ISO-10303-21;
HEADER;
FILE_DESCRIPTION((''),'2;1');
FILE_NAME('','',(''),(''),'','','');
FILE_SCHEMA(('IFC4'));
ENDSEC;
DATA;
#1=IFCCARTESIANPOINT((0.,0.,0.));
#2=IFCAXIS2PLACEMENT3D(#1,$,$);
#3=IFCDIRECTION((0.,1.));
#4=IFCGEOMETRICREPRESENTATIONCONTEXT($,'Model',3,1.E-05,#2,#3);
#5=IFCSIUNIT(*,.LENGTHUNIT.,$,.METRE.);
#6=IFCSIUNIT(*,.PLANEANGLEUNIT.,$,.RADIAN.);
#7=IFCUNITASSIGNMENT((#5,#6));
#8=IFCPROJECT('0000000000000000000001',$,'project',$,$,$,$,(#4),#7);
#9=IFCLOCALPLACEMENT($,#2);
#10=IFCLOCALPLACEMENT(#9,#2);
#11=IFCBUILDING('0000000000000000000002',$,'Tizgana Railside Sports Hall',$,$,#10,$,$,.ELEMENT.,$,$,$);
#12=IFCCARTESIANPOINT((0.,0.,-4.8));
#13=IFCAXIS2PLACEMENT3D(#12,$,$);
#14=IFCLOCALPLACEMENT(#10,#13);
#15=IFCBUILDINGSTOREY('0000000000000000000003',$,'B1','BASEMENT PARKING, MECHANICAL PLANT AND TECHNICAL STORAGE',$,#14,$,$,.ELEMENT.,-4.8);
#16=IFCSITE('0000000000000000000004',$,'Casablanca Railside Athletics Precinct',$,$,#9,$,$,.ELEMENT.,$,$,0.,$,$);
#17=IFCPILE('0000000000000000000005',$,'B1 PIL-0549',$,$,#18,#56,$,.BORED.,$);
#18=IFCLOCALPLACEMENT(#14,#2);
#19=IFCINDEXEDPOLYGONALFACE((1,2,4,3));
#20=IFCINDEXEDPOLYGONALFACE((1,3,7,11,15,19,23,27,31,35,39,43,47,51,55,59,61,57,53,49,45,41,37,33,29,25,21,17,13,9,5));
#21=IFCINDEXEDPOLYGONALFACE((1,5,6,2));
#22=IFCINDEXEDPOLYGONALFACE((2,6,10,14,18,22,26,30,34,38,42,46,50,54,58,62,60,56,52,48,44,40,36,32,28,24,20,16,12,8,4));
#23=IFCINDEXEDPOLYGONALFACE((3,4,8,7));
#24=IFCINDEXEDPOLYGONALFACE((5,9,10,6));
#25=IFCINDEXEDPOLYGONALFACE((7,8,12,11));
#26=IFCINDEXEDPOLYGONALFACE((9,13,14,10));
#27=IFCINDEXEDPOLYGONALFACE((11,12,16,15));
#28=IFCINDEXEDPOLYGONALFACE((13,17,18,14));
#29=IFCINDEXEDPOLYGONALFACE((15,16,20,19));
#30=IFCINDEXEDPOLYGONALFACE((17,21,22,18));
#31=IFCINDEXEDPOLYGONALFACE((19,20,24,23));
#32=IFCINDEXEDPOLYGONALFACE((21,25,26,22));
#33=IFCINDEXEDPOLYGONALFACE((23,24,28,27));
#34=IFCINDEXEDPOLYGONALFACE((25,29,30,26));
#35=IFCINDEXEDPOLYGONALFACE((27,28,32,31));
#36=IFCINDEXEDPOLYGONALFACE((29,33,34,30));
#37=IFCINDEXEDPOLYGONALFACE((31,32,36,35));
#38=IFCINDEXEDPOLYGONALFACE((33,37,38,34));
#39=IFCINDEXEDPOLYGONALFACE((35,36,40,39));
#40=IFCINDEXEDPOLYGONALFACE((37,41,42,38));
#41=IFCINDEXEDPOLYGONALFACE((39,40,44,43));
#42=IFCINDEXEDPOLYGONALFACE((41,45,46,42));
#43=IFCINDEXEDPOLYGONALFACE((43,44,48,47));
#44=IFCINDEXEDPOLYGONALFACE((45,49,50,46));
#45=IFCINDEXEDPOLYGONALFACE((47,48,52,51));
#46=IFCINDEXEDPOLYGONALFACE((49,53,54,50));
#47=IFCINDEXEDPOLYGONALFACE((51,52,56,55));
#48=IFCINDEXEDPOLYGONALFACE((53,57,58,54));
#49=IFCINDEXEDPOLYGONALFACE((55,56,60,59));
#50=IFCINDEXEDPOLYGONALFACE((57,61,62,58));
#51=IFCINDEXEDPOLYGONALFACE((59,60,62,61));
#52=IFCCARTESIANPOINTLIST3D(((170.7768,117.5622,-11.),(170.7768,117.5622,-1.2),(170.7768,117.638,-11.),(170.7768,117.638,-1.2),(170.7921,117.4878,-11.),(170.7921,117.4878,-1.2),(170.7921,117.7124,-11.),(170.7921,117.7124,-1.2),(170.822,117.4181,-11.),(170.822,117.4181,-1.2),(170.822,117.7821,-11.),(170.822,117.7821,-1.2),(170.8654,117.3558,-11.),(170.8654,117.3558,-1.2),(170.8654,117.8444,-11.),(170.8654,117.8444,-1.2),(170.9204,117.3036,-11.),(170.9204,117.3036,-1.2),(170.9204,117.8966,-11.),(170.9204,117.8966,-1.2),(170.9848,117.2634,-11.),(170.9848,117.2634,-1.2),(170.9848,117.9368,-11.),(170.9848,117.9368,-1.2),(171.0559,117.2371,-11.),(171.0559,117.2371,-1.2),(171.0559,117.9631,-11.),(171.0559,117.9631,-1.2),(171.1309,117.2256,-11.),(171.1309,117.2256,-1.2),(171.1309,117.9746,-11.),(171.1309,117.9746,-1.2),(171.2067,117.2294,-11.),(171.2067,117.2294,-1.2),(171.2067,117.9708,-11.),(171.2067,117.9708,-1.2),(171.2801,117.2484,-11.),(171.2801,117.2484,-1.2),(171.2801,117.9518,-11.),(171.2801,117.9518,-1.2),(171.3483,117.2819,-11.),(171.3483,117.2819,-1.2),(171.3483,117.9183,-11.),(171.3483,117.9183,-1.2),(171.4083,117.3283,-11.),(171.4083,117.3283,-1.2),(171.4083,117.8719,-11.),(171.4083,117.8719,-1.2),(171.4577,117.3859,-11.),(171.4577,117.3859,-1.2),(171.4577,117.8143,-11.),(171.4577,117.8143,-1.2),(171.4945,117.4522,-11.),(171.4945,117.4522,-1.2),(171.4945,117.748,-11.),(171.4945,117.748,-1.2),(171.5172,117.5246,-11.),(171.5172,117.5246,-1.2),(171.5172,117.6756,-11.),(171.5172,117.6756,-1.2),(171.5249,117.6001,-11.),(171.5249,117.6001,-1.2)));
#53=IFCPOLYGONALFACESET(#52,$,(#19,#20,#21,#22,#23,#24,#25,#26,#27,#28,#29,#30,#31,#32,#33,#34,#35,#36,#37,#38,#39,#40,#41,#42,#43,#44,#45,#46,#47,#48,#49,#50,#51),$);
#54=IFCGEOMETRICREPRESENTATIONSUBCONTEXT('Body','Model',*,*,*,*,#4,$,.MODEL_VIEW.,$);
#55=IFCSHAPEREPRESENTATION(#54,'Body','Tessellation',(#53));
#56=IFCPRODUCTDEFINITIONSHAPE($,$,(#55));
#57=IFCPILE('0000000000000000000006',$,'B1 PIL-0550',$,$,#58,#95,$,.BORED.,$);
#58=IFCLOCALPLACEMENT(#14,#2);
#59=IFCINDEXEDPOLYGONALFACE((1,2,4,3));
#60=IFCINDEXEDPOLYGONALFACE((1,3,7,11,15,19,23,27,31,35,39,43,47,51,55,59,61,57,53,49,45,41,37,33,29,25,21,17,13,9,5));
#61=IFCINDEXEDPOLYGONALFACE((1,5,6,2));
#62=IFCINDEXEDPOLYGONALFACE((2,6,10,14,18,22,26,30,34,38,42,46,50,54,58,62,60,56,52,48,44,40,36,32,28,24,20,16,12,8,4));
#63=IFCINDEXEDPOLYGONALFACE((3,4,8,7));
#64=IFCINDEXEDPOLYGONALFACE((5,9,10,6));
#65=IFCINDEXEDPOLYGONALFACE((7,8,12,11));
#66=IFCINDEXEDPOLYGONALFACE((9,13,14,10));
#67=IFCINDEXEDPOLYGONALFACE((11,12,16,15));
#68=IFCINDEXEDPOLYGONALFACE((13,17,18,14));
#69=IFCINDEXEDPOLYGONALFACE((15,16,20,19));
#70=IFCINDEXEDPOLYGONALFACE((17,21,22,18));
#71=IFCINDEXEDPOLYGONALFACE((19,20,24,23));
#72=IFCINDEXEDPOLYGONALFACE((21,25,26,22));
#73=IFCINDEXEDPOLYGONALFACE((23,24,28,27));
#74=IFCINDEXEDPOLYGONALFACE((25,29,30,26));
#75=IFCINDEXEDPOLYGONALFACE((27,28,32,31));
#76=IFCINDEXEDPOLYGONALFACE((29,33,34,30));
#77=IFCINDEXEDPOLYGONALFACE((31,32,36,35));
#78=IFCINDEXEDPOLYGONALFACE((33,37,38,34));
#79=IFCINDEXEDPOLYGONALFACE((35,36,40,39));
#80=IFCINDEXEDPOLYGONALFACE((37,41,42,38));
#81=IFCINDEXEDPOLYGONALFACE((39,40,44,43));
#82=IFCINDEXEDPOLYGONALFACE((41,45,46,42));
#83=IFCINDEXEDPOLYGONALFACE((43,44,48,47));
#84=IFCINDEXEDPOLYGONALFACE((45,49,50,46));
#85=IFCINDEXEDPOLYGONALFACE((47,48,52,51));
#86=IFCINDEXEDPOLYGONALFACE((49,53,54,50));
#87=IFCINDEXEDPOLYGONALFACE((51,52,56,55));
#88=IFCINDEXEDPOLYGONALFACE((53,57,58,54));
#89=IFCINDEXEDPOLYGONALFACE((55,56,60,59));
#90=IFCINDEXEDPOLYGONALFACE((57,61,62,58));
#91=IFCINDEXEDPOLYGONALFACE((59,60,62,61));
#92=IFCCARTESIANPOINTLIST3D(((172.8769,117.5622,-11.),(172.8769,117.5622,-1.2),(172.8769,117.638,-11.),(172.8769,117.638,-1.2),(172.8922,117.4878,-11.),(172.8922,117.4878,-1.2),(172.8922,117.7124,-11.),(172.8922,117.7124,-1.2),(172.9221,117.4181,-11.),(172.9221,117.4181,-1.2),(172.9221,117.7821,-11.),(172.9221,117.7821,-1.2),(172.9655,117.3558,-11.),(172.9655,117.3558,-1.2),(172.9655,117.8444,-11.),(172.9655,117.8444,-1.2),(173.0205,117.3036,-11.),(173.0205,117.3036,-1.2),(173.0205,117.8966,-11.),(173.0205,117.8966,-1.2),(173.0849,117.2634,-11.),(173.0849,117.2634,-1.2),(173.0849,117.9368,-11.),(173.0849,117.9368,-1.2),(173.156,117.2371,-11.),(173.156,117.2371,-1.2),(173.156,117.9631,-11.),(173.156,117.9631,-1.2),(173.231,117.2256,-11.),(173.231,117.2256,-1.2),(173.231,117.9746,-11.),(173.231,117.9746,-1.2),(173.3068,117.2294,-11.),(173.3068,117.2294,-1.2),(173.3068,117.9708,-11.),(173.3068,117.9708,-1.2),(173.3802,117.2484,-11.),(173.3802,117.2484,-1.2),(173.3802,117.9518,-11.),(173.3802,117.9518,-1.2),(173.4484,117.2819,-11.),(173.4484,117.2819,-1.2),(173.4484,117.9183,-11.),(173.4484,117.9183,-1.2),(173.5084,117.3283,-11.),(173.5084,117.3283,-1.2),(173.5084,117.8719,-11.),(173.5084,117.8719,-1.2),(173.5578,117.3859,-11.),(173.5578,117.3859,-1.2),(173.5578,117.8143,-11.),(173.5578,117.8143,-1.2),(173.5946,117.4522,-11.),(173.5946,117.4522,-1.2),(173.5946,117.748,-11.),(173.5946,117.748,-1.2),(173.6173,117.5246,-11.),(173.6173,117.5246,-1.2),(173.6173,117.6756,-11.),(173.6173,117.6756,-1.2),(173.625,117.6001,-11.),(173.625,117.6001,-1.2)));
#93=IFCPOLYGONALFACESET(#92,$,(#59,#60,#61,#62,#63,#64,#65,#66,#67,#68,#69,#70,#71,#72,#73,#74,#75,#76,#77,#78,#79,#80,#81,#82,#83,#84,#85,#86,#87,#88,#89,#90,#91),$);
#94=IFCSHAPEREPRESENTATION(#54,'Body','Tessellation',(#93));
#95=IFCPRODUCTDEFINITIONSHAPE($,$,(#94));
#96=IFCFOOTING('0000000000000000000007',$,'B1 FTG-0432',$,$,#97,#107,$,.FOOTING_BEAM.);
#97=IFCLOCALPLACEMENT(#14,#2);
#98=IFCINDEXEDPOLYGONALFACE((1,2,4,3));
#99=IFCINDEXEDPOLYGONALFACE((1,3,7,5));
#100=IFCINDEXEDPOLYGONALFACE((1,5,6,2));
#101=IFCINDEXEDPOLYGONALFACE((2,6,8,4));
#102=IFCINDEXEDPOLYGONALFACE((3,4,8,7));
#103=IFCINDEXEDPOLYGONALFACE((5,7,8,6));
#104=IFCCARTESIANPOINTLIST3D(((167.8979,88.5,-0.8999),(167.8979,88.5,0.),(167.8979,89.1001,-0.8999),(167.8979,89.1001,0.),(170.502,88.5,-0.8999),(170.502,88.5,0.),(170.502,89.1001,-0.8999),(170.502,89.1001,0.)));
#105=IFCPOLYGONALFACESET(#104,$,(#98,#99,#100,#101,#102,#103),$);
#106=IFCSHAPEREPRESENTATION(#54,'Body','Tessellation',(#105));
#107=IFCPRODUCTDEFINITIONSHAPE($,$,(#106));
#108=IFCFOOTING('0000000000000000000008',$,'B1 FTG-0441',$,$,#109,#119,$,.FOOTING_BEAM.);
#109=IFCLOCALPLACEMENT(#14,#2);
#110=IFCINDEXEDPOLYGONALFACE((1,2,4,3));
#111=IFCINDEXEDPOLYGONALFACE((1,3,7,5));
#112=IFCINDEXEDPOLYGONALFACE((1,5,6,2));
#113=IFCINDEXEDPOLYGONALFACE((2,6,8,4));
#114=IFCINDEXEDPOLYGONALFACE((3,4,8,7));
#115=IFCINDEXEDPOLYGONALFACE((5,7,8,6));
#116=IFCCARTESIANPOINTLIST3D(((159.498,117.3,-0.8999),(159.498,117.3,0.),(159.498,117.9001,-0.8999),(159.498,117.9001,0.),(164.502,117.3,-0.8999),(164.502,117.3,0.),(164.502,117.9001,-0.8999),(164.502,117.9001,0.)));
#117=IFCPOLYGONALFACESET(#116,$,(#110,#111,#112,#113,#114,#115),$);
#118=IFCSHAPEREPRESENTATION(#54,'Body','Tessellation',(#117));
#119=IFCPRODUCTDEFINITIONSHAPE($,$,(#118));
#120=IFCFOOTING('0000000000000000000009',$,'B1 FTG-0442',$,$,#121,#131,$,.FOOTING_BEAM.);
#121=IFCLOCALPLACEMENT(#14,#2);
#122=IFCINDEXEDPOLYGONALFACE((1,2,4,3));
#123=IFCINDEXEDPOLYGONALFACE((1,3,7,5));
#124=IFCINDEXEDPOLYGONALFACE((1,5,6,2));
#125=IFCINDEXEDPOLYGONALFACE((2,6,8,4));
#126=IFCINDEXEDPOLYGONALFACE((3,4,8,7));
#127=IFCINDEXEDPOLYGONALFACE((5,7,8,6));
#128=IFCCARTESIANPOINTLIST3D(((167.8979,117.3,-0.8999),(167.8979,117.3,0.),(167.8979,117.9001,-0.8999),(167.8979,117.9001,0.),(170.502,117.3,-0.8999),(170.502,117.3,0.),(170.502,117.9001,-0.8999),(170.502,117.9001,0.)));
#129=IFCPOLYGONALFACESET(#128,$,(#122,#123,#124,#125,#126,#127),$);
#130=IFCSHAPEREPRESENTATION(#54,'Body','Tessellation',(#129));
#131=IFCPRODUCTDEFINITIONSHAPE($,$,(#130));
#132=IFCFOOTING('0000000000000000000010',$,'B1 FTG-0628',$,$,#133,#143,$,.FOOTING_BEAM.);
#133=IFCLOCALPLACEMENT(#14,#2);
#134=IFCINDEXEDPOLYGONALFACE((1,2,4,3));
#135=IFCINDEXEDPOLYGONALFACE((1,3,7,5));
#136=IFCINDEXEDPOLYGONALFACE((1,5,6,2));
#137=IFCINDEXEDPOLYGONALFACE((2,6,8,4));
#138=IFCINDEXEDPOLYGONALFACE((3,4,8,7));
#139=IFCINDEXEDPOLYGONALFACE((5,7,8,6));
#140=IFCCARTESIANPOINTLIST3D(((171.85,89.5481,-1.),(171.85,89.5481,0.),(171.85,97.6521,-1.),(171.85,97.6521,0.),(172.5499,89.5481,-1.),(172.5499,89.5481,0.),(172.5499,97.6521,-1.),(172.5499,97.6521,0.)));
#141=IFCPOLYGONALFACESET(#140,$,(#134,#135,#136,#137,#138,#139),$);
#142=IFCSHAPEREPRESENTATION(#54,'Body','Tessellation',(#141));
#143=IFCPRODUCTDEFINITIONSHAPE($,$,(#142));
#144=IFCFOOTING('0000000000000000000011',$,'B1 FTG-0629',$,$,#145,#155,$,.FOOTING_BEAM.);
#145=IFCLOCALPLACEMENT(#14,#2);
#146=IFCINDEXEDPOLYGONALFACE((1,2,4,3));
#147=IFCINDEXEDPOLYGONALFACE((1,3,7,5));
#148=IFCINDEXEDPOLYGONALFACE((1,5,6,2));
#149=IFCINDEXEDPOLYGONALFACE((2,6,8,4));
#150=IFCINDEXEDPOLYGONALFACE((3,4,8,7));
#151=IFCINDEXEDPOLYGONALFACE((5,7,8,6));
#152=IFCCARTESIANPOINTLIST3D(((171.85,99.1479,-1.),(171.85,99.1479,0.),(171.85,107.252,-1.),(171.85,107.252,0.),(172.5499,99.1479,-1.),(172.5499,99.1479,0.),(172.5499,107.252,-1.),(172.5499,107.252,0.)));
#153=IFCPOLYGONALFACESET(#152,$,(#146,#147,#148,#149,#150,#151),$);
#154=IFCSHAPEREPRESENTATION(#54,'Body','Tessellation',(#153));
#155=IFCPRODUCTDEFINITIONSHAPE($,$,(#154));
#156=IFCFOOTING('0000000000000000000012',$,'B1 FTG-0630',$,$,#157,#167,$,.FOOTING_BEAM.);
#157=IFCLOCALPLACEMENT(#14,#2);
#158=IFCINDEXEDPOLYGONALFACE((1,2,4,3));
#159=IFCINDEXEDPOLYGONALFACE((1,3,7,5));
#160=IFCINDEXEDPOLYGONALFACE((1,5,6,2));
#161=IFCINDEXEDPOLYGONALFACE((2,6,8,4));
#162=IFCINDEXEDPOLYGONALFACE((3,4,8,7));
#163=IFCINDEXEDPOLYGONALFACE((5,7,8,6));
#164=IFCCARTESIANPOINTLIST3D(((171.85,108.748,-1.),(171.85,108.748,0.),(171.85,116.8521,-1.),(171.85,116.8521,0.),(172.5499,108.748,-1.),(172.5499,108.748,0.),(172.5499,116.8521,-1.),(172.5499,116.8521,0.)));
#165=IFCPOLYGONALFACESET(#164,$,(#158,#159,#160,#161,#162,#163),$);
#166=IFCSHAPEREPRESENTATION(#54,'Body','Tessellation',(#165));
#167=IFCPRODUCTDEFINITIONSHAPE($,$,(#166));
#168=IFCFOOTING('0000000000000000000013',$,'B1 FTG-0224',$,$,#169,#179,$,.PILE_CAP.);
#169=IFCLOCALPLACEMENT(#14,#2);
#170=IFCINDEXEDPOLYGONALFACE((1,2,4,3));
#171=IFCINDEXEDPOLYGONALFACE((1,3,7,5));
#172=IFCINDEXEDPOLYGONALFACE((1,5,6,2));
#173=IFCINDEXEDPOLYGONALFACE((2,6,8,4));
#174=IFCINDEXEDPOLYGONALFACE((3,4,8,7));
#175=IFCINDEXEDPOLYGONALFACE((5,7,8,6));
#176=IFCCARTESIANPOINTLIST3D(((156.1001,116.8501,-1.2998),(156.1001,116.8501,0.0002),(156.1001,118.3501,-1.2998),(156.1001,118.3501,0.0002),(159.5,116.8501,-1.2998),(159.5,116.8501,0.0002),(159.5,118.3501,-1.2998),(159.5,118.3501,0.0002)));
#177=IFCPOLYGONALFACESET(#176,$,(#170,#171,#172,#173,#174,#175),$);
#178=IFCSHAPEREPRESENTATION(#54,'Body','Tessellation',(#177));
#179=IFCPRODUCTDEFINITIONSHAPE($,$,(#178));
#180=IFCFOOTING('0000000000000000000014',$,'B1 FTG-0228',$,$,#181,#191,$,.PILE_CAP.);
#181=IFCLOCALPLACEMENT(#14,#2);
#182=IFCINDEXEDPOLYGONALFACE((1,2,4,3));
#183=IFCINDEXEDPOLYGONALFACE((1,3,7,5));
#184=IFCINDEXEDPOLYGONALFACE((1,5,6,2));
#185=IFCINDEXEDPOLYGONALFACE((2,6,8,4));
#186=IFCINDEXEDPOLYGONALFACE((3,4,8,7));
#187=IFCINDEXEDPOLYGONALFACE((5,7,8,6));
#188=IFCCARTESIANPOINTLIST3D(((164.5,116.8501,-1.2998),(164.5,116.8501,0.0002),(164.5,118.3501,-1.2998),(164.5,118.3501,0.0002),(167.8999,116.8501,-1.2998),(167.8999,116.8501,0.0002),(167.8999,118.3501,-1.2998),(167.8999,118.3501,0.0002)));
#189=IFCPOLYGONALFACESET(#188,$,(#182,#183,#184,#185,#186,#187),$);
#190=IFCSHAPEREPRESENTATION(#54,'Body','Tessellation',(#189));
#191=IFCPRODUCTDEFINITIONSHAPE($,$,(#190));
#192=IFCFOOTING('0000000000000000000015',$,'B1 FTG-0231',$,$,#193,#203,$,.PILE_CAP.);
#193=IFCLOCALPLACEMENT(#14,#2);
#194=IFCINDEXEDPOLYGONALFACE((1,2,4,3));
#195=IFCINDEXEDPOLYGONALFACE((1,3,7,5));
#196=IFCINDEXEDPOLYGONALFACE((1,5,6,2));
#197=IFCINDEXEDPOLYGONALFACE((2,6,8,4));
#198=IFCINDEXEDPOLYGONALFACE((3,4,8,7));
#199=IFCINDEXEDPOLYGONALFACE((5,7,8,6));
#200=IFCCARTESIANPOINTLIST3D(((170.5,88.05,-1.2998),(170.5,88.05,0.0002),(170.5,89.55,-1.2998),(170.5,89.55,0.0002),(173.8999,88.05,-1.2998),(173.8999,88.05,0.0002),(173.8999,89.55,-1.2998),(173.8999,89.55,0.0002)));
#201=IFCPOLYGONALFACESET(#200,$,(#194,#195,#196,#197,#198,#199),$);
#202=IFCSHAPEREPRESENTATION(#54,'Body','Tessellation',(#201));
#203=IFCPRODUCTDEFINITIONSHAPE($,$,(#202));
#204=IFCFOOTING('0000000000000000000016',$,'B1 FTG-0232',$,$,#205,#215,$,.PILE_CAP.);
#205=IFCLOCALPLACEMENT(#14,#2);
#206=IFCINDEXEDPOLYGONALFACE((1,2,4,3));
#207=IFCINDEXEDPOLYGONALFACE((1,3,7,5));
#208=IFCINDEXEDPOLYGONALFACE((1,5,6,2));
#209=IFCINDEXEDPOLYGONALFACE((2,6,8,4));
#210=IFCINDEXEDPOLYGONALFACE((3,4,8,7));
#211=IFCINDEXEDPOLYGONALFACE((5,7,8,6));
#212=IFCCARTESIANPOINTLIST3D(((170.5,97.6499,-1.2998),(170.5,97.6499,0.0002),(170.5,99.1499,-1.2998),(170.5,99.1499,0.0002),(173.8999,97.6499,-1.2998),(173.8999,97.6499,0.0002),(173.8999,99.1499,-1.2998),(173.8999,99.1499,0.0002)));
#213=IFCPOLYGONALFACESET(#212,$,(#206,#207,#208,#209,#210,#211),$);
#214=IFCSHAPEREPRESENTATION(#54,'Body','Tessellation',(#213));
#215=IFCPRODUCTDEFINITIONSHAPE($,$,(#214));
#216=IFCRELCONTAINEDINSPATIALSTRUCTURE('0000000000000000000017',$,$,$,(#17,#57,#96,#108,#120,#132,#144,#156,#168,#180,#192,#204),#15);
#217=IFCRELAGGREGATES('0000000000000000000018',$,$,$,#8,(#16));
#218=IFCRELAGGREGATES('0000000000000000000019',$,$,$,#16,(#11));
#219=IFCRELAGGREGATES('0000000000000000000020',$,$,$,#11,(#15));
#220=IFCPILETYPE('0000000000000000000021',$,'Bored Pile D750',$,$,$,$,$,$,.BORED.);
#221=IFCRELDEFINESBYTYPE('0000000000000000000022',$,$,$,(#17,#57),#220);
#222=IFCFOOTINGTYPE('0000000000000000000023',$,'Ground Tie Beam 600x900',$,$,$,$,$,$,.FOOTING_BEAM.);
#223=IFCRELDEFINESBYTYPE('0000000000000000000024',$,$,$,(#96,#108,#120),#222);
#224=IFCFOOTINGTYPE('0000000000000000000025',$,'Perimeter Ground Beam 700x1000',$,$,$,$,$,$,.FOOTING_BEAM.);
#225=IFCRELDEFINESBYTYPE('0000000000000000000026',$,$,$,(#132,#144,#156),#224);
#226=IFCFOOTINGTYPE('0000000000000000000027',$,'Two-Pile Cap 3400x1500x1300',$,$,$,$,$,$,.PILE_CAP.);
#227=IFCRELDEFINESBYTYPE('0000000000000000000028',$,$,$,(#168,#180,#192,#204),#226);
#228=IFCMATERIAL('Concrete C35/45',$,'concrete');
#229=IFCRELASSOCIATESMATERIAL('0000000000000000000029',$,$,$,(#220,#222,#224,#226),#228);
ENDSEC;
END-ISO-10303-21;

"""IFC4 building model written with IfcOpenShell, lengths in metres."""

from ifc_helpers import new_model, si_unit, direction, frame, origin, origin_2d, place, context, subcontext, project, spatial, rectangle, circle, extrude, material, material_profile, profile_set, type_object, element, save


model = new_model("IFC4")

# Units and contexts
model_context = context("Model", 3, precision=1e-05, world=origin(), true_north=direction((0.0, 1.0)))
body_context = subcontext(model_context, "Body", "Model", "MODEL_VIEW")
ifc_project = project(units=[si_unit("LENGTHUNIT", "METRE"), si_unit("PLANEANGLEUNIT", "RADIAN")], contexts=[model_context])

# Site, building, storey
site_placement = place(None, origin())
site = spatial("IfcSite", under=ifc_project, at=site_placement, Name="Casablanca Railside Athletics Precinct", CompositionType="ELEMENT", RefElevation=0.0)
building_placement = place(site_placement, origin())
building = spatial("IfcBuilding", under=site, at=building_placement, Name="Tizgana Railside Sports Hall", CompositionType="ELEMENT")
storey_placement = place(building_placement, frame((0.0, 0.0, -4.8)))
storey = spatial("IfcBuildingStorey", under=building, at=storey_placement, Name="B1", Description="BASEMENT PARKING, MECHANICAL PLANT AND TECHNICAL STORAGE", CompositionType="ELEMENT", Elevation=-4.8)

# Piles
ifc_material_1 = material(Name="Concrete C35/45", Category="concrete")
ifc_material_profile_1 = material_profile(ifc_material_1, circle(Radius=0.375, at=origin_2d()), Name="PILE D750")
ifc_profile_set_1 = profile_set([ifc_material_profile_1], Name="Concrete C35/45")
pile_type = type_object("IfcPileType", Name="Bored Pile D750", PredefinedType="BORED", material=ifc_profile_set_1)
for number, where, z_axis, x_axis, name in (
    (1, (171.1499, 117.6001, -1.2), (0.0, 0.0, -1.0), (1.0, 0.0, 0.0), "B1 PIL-0549"),
    (2, (173.25, 117.6001, -1.2), (0.0, 0.0, -1.0), (1.0, 0.0, 0.0), "B1 PIL-0550"),
):
    element("IfcPile", number, at=place(storey_placement, frame(where, z_axis=z_axis, x_axis=x_axis)), inside=storey, type_object=pile_type, Name=name, PredefinedType="BORED", context=body_context, shape_type="SweptSolid", body=[
        extrude(circle(Radius=0.375, at=origin_2d()), origin(), (0.0, 0.0, 1.0), 9.8),
    ])

# Footings
footing_type_1 = type_object("IfcFootingType", Name="Ground Tie Beam 600x900", PredefinedType="FOOTING_BEAM", material=ifc_material_1)
footing_1_placement = place(storey_placement, frame((169.2, 88.8, -0.8999), z_axis=(0.0, 0.0, 1.0), x_axis=(1.0, 0.0, 0.0)))
element("IfcFooting", 3, at=footing_1_placement, inside=storey, type_object=footing_type_1, Name="B1 FTG-0432", PredefinedType="FOOTING_BEAM", context=body_context, shape_type="SweptSolid", body=[
    extrude(rectangle(XDim=2.604, YDim=0.6001, at=origin_2d()), origin(), (0.0, 0.0, 1.0), 0.8999),
])
footing_2_placement = place(storey_placement, frame((162.0, 117.6001, -0.8999), z_axis=(0.0, 0.0, 1.0), x_axis=(1.0, 0.0, 0.0)))
element("IfcFooting", 4, at=footing_2_placement, inside=storey, type_object=footing_type_1, Name="B1 FTG-0441", PredefinedType="FOOTING_BEAM", context=body_context, shape_type="SweptSolid", body=[
    extrude(rectangle(XDim=5.0039, YDim=0.6001, at=origin_2d()), origin(), (0.0, 0.0, 1.0), 0.8999),
])
footing_3_placement = place(storey_placement, frame((169.2, 117.6001, -0.8999), z_axis=(0.0, 0.0, 1.0), x_axis=(1.0, 0.0, 0.0)))
element("IfcFooting", 5, at=footing_3_placement, inside=storey, type_object=footing_type_1, Name="B1 FTG-0442", PredefinedType="FOOTING_BEAM", context=body_context, shape_type="SweptSolid", body=[
    extrude(rectangle(XDim=2.604, YDim=0.6001, at=origin_2d()), origin(), (0.0, 0.0, 1.0), 0.8999),
])
footing_type_2 = type_object("IfcFootingType", Name="Perimeter Ground Beam 700x1000", PredefinedType="FOOTING_BEAM", material=ifc_material_1)
for number, where, z_axis, x_axis, name in (
    (6, (172.2, 93.6001, -1.0), (0.0, 0.0, 1.0), (0.0, 1.0, 0.0), "B1 FTG-0628"),
    (7, (172.2, 103.2, -1.0), (0.0, 0.0, 1.0), (0.0, 1.0, 0.0), "B1 FTG-0629"),
    (8, (172.2, 112.8, -1.0), (0.0, 0.0, 1.0), (0.0, 1.0, 0.0), "B1 FTG-0630"),
):
    element("IfcFooting", number, at=place(storey_placement, frame(where, z_axis=z_axis, x_axis=x_axis)), inside=storey, type_object=footing_type_2, Name=name, PredefinedType="FOOTING_BEAM", context=body_context, shape_type="SweptSolid", body=[
        extrude(rectangle(XDim=8.104, YDim=0.7, at=origin_2d()), origin(), (0.0, 0.0, 1.0), 1.0),
    ])
footing_type_3 = type_object("IfcFootingType", Name="Two-Pile Cap 3400x1500x1300", PredefinedType="PILE_CAP", material=ifc_material_1)
for number, where, z_axis, x_axis, name in (
    (9, (157.8, 117.6001, -1.2998), (0.0, 0.0, 1.0), (1.0, 0.0, 0.0), "B1 FTG-0224"),
    (10, (166.2, 117.6001, -1.2998), (0.0, 0.0, 1.0), (1.0, 0.0, 0.0), "B1 FTG-0228"),
    (11, (172.2, 88.8, -1.2998), (0.0, 0.0, 1.0), (1.0, 0.0, 0.0), "B1 FTG-0231"),
    (12, (172.2, 98.3999, -1.2998), (0.0, 0.0, 1.0), (1.0, 0.0, 0.0), "B1 FTG-0232"),
):
    element("IfcFooting", number, at=place(storey_placement, frame(where, z_axis=z_axis, x_axis=x_axis)), inside=storey, type_object=footing_type_3, Name=name, PredefinedType="PILE_CAP", context=body_context, shape_type="SweptSolid", body=[
        extrude(rectangle(XDim=3.3999, YDim=1.5, at=origin_2d()), origin(), (0.0, 0.0, 1.0), 1.3),
    ])

save(model, "model.ifc")
